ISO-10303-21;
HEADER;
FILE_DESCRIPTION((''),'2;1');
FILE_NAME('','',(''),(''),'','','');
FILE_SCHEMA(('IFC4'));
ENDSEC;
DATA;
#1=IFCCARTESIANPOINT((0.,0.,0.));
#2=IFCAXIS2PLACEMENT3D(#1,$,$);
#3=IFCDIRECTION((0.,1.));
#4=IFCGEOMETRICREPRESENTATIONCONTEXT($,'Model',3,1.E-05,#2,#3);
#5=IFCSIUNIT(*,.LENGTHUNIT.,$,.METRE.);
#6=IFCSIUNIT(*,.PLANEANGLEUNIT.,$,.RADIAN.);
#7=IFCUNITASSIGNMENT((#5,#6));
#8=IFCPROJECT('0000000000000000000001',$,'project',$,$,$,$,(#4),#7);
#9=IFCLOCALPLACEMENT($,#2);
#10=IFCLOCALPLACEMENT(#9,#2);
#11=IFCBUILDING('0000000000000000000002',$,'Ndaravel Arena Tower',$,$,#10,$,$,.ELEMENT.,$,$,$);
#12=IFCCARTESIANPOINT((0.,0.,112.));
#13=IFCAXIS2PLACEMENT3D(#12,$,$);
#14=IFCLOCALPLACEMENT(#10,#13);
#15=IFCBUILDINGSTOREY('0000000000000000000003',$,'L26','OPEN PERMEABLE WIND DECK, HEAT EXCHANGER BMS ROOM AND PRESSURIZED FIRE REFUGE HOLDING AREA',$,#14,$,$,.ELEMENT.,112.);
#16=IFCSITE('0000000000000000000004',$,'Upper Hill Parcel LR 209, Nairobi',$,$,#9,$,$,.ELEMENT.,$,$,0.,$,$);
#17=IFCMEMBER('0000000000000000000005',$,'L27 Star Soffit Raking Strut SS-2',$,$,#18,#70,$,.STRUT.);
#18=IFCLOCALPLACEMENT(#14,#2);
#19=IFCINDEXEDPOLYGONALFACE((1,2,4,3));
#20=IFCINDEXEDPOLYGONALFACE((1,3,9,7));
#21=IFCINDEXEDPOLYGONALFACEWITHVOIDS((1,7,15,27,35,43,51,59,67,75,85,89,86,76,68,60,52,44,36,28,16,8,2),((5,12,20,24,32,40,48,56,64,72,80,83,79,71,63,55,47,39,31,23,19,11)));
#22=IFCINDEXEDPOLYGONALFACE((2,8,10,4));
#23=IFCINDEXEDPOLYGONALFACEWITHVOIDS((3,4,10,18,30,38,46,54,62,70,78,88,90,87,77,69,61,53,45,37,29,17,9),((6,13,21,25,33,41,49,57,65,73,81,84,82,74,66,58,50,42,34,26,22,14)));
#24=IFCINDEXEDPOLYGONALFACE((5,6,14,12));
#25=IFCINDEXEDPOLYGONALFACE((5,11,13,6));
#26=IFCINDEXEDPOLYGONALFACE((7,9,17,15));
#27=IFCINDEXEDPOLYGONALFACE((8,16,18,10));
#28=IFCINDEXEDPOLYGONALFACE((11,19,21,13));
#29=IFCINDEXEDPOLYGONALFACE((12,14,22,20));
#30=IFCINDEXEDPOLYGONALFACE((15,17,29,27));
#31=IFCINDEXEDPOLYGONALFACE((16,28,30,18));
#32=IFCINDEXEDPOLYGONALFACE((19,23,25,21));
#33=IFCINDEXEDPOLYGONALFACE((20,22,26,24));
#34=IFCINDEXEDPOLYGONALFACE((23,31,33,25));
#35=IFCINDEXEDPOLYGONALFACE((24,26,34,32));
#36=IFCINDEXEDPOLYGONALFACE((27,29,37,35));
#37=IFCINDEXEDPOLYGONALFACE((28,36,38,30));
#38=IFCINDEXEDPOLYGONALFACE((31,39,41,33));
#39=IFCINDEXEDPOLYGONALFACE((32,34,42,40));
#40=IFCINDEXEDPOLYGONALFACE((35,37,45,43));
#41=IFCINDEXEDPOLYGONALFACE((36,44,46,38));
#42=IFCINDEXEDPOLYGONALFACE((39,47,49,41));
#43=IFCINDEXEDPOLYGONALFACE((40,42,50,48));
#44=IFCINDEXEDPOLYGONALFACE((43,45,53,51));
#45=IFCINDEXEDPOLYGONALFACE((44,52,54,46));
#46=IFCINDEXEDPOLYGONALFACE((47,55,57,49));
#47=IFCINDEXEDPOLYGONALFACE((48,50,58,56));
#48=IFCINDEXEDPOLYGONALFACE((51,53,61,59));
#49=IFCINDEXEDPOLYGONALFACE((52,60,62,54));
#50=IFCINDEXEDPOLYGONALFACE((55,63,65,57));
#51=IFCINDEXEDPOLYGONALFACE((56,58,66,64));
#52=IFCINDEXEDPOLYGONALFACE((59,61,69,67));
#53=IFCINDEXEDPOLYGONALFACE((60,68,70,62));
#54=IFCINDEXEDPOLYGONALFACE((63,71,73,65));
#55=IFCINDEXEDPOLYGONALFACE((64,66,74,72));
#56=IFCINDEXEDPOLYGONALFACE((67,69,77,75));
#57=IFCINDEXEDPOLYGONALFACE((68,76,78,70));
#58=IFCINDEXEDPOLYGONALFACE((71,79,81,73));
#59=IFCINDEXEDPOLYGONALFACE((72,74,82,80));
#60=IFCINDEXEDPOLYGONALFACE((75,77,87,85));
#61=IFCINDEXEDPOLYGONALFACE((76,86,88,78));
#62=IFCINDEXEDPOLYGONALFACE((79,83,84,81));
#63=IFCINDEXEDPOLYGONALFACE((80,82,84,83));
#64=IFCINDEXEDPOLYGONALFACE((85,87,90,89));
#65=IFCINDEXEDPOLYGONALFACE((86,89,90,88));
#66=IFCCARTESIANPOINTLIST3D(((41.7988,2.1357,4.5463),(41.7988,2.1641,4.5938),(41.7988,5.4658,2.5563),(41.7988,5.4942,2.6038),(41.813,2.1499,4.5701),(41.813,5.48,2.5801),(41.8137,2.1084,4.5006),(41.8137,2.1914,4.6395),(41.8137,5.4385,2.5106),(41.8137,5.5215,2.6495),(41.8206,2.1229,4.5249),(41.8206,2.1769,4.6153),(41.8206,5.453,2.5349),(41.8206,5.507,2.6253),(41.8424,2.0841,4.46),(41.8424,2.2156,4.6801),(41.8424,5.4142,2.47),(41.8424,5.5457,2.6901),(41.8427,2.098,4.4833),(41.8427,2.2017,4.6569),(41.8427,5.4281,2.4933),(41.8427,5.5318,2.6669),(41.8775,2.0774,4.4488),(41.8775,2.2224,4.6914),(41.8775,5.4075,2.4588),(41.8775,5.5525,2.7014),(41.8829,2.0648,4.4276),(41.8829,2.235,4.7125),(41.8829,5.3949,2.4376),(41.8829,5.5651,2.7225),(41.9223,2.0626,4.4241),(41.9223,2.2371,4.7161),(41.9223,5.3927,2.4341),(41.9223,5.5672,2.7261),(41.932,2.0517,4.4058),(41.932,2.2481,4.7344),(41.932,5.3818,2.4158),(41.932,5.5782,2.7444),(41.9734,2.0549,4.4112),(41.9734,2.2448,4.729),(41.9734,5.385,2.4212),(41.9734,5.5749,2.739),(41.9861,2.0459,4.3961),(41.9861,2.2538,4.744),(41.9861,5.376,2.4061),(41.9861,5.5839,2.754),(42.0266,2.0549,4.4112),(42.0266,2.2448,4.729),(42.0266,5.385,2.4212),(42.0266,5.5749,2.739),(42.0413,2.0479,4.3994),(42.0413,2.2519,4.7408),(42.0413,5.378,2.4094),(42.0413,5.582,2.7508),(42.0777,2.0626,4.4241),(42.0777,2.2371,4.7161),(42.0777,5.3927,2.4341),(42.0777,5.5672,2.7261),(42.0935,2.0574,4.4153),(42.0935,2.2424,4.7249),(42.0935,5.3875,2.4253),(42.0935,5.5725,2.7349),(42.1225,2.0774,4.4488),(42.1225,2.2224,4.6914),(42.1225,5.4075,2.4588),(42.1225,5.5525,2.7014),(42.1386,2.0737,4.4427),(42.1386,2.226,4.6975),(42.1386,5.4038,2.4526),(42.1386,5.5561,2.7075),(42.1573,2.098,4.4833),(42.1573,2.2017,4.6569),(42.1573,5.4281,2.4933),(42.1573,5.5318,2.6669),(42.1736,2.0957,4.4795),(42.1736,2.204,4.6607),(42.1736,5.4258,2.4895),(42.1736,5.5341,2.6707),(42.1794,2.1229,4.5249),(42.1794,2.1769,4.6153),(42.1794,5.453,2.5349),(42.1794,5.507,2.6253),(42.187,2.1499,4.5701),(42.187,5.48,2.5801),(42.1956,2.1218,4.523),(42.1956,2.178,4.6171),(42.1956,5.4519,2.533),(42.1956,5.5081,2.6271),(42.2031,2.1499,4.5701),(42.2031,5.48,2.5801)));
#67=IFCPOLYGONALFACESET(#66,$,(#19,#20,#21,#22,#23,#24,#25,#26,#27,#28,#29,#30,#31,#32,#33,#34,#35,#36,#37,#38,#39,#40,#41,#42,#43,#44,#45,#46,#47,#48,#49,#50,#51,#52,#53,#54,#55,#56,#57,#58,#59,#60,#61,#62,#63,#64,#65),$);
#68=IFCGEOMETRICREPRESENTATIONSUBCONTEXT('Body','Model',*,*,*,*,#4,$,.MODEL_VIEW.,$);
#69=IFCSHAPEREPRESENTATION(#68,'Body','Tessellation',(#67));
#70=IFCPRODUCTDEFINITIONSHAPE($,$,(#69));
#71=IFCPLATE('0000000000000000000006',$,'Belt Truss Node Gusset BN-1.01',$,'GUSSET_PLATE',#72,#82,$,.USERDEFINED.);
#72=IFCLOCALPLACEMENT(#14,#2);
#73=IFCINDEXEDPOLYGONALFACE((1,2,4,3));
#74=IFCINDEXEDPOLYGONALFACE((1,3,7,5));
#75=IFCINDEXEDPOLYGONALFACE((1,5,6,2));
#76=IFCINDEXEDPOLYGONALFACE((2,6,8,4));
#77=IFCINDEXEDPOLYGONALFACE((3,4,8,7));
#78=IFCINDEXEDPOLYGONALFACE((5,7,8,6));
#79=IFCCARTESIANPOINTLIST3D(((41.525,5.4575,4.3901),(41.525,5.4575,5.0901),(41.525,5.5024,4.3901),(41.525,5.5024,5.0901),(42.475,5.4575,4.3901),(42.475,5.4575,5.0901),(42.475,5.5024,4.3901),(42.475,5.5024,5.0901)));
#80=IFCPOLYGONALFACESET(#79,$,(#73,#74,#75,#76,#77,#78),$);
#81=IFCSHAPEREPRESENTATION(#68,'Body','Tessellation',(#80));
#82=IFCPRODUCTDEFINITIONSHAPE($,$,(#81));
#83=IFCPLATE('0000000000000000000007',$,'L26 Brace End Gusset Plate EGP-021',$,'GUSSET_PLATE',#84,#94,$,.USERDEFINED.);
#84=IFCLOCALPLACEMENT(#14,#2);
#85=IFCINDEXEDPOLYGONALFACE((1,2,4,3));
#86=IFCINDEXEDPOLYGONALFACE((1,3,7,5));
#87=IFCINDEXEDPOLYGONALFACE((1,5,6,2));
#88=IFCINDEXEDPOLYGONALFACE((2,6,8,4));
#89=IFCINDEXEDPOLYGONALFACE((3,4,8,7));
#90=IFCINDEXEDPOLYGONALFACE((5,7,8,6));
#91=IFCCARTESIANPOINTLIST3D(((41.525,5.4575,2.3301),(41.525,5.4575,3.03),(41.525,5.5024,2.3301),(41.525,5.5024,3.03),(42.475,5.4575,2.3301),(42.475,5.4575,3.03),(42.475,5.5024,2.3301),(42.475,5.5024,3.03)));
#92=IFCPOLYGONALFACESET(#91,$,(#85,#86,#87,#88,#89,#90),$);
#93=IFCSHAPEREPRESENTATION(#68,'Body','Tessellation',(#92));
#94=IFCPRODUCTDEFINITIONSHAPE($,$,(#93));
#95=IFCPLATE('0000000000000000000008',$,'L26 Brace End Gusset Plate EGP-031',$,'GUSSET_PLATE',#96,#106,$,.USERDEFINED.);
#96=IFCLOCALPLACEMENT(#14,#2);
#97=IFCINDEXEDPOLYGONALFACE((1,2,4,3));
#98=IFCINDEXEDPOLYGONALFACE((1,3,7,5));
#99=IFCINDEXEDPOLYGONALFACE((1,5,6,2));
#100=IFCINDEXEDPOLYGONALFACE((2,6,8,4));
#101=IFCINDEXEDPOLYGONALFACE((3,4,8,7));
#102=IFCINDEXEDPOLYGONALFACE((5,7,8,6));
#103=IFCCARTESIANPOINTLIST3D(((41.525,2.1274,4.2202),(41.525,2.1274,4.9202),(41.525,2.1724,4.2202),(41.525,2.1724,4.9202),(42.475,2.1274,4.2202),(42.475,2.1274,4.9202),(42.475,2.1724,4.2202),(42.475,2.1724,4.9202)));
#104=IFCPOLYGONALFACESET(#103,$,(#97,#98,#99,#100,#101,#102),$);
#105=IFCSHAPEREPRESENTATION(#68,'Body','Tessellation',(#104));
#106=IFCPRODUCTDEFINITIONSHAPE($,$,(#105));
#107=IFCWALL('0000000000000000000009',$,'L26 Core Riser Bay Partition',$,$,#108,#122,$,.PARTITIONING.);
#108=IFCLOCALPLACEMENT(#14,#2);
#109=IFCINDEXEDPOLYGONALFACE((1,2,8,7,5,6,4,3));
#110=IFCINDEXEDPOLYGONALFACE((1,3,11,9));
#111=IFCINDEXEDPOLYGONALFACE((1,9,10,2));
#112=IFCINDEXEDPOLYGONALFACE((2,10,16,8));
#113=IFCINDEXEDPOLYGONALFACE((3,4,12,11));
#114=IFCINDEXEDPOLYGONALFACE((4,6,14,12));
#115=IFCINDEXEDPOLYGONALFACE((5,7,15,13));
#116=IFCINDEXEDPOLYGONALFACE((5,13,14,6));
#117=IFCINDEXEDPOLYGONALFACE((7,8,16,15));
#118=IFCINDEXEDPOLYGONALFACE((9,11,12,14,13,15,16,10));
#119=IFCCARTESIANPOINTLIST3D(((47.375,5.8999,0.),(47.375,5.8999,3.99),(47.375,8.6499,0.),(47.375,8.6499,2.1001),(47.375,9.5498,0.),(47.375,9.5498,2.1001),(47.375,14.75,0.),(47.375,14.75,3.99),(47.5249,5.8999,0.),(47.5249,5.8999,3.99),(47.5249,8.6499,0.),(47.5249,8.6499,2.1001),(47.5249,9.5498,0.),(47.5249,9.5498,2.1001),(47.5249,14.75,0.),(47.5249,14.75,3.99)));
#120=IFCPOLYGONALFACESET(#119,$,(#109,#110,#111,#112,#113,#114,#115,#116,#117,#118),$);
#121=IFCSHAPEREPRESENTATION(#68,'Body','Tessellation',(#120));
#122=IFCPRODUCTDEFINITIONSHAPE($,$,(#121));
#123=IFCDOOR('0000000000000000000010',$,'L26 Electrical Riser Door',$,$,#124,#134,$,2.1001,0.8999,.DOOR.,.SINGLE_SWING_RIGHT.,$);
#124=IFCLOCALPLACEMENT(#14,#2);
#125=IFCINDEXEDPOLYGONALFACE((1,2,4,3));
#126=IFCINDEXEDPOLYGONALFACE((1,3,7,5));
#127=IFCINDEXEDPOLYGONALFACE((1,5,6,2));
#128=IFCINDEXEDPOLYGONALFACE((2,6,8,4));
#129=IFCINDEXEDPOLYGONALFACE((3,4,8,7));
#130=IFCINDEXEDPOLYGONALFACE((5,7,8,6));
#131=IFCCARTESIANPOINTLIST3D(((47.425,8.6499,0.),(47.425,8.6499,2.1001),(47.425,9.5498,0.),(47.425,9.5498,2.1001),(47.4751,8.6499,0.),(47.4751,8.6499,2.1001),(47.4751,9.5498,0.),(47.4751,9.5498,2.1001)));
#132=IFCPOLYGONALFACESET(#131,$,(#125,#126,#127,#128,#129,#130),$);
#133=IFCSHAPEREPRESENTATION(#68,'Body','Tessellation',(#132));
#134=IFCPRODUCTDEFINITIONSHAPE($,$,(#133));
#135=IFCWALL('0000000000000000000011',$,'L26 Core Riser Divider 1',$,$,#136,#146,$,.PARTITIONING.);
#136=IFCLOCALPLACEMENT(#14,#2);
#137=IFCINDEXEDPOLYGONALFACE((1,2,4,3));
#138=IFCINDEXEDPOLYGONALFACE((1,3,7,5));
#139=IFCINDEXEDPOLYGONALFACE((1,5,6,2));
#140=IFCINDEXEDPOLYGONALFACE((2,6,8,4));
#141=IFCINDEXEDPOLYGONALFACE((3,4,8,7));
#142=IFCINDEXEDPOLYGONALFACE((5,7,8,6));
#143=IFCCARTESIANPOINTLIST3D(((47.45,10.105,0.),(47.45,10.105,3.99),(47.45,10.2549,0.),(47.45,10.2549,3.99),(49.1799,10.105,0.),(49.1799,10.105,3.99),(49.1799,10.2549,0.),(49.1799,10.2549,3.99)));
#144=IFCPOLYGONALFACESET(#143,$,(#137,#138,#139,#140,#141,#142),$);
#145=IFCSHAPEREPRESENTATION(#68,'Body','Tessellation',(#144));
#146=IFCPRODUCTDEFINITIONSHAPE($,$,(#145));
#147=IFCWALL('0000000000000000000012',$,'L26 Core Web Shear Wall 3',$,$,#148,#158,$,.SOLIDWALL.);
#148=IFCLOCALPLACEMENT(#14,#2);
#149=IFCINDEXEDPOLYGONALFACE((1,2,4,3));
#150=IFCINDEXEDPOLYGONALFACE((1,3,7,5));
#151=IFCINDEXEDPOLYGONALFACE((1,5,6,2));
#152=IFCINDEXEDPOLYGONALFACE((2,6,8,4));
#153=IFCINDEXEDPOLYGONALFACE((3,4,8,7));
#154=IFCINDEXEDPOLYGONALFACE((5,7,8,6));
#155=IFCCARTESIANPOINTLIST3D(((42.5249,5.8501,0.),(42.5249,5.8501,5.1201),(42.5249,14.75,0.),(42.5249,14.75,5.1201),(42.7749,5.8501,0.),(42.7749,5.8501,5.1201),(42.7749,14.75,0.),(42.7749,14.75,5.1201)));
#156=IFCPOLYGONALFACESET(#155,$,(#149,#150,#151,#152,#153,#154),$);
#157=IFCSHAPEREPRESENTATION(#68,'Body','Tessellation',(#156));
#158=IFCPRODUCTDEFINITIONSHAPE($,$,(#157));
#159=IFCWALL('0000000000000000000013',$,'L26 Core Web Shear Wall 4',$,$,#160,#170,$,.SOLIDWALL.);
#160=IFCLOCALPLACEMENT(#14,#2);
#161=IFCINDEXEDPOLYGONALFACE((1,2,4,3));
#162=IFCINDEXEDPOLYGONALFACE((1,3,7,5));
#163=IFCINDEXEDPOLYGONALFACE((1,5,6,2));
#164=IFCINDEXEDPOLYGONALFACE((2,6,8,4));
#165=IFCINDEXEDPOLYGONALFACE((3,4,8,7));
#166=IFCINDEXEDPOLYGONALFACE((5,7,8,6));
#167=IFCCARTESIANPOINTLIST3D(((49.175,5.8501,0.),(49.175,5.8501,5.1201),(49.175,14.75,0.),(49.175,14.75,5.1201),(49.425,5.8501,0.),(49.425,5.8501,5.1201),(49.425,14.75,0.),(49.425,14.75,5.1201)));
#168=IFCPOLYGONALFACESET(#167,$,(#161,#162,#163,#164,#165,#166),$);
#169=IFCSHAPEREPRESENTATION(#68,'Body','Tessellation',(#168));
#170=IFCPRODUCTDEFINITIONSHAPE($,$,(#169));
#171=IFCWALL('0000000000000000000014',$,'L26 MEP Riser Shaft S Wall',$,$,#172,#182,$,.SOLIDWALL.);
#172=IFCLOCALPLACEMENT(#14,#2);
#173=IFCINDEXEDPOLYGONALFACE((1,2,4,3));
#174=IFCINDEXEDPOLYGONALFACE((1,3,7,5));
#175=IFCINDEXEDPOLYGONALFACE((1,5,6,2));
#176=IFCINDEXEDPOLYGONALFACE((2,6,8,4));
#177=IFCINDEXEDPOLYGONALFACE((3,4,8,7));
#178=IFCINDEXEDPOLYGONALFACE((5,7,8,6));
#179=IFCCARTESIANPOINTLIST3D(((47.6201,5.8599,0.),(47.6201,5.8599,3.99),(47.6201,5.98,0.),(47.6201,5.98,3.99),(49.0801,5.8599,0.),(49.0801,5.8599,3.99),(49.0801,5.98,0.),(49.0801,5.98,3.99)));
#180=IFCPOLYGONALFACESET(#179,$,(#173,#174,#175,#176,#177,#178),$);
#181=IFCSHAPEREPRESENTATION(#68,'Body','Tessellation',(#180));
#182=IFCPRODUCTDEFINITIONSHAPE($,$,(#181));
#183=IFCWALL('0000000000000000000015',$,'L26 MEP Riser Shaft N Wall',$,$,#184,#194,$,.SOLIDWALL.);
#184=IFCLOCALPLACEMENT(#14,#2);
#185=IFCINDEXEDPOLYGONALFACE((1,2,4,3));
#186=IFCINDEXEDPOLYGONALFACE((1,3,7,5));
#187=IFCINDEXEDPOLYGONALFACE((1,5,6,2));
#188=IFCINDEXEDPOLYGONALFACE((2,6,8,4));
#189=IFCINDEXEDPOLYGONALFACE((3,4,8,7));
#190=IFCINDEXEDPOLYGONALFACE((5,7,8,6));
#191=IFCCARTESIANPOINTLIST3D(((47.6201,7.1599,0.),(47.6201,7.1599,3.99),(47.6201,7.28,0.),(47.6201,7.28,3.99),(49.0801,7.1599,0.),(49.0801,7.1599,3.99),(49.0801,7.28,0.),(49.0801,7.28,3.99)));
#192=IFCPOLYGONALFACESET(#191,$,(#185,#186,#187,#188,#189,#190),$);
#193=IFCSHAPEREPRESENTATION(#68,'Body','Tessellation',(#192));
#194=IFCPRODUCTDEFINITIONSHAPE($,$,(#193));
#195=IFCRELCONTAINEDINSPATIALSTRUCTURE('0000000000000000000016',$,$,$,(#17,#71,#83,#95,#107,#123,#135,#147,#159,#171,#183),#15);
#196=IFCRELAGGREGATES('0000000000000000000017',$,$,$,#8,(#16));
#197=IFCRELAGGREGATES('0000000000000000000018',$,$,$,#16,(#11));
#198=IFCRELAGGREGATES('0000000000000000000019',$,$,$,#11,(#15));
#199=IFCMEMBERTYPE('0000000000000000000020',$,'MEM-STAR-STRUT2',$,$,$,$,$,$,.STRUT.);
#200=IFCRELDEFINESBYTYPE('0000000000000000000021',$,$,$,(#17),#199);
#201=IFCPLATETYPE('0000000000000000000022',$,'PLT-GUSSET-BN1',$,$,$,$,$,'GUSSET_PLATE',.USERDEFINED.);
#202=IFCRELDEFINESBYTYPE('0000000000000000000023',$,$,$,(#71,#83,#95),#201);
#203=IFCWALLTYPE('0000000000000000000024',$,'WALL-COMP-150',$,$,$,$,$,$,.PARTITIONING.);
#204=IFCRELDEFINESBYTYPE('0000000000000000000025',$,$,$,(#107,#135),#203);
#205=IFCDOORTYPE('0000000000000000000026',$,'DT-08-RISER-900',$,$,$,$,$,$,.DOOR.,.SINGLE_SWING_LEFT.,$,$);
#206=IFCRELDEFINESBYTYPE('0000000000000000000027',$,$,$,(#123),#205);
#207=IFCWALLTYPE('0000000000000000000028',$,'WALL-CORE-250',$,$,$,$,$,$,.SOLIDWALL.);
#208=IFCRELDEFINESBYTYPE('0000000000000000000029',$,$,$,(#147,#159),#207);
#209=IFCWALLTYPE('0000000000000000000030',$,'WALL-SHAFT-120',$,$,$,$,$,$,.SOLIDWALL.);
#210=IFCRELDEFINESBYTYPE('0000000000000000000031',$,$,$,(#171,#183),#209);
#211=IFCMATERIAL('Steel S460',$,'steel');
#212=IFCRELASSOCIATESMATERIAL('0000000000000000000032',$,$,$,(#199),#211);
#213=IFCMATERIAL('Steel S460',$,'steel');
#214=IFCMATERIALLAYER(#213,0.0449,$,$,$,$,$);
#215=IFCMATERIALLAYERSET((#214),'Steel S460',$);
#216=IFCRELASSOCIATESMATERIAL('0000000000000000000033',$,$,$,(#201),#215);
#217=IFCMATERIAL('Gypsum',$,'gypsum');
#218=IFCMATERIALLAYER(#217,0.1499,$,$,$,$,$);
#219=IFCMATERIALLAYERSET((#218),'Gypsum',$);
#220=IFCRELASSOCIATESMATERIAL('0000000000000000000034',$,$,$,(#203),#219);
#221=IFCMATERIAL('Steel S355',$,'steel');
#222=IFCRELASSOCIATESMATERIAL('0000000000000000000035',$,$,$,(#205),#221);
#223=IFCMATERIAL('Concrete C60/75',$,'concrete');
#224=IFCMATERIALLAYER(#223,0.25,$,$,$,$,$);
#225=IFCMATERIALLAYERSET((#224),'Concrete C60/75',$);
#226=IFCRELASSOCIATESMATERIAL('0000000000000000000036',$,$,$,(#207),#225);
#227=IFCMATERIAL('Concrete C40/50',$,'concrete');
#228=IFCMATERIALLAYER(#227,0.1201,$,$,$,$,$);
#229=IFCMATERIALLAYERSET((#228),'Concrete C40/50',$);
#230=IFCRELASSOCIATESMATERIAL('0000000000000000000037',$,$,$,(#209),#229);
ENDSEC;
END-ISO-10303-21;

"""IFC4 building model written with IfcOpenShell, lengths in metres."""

from ifc_helpers import new_model, si_unit, direction, frame, frame_2d, origin, origin_2d, place, context, subcontext, project, spatial, rectangle, hollow_circle, extrude, material, layer, layer_set, material_profile, profile_set, type_object, element, fill, save


model = new_model("IFC4")

# Units and contexts
model_context = context("Model", 3, precision=1e-05, world=origin(), true_north=direction((0.0, 1.0)))
body_context = subcontext(model_context, "Body", "Model", "MODEL_VIEW")
ifc_project = project(units=[si_unit("LENGTHUNIT", "METRE"), si_unit("PLANEANGLEUNIT", "RADIAN")], contexts=[model_context])

# Site, building, storey
site_placement = place(None, origin())
site = spatial("IfcSite", under=ifc_project, at=site_placement, Name="Upper Hill Parcel LR 209, Nairobi", CompositionType="ELEMENT", RefElevation=0.0)
building_placement = place(site_placement, origin())
building = spatial("IfcBuilding", under=site, at=building_placement, Name="Ndaravel Arena Tower", CompositionType="ELEMENT")
storey_placement = place(building_placement, frame((0.0, 0.0, 112.0)))
storey = spatial("IfcBuildingStorey", under=building, at=storey_placement, Name="L26", Description="OPEN PERMEABLE WIND DECK, HEAT EXCHANGER BMS ROOM AND PRESSURIZED FIRE REFUGE HOLDING AREA", CompositionType="ELEMENT", Elevation=112.0)

# Member
ifc_material_1 = material(Name="Steel S460", Category="steel")
ifc_material_profile_1 = material_profile(ifc_material_1, hollow_circle(Radius=0.2031, WallThickness=0.0161, at=origin_2d()), Name="CHS 406.4x16")
ifc_profile_set_1 = profile_set([ifc_material_profile_1], Name="Steel S460")
member_type_1 = type_object("IfcMemberType", Name="MEM-STAR-STRUT2", PredefinedType="STRUT", material=ifc_profile_set_1)
member_1_placement = place(storey_placement, frame((42.0, 5.48, 2.5801), z_axis=(0.0, -0.858408, 0.512968), x_axis=(1.0, 0.0, 0.0)))
element("IfcMember", 1, at=member_1_placement, inside=storey, type_object=member_type_1, Name="L27 Star Soffit Raking Strut SS-2", PredefinedType="STRUT", context=body_context, shape_type="SweptSolid", body=[
    extrude(hollow_circle(Radius=0.2031, WallThickness=0.0161, at=origin_2d()), origin(), (0.0, 0.0, 1.0), 3.8794),
])

# Plates
ifc_material_2 = material(Name="Steel S460", Category="steel")
ifc_layer_1 = layer(ifc_material_2, 0.0449)
ifc_layer_set_1 = layer_set([ifc_layer_1], Name="Steel S460")
plate_type = type_object("IfcPlateType", Name="PLT-GUSSET-BN1", ElementType="GUSSET_PLATE", PredefinedType="USERDEFINED", material=ifc_layer_set_1)
for number, where, z_axis, x_axis, name in (
    (2, (42.0, 5.48, 4.3901), (0.0, 0.0, 1.0), (1.0, 0.0, 0.0), "Belt Truss Node Gusset BN-1.01"),
    (3, (42.0, 5.48, 2.3301), (0.0, 0.0, 1.0), (1.0, 0.0, 0.0), "L26 Brace End Gusset Plate EGP-021"),
    (4, (42.0, 2.1499, 4.2202), (0.0, 0.0, 1.0), (1.0, 0.0, 0.0), "L26 Brace End Gusset Plate EGP-031"),
):
    element("IfcPlate", number, at=place(storey_placement, frame(where, z_axis=z_axis, x_axis=x_axis)), inside=storey, type_object=plate_type, Name=name, ObjectType="GUSSET_PLATE", PredefinedType="USERDEFINED", context=body_context, shape_type="SweptSolid", body=[
        extrude(rectangle(XDim=0.95, YDim=0.0449, at=origin_2d()), origin(), (0.0, 0.0, 1.0), 0.7),
    ])

# Wall, opening, door
ifc_material_3 = material(Name="Gypsum", Category="gypsum")
ifc_layer_2 = layer(ifc_material_3, 0.1499)
ifc_layer_set_2 = layer_set([ifc_layer_2], Name="Gypsum")
wall_type_1 = type_object("IfcWallType", Name="WALL-COMP-150", PredefinedType="PARTITIONING", material=ifc_layer_set_2)
wall_1_placement = place(storey_placement, frame((47.45, 5.8999, 0.0), z_axis=(0.0, 0.0, 1.0), x_axis=(0.0, 1.0, 0.0)))
wall_1 = element("IfcWall", 5, at=wall_1_placement, inside=storey, type_object=wall_type_1, Name="L26 Core Riser Bay Partition", PredefinedType="PARTITIONING", context=body_context, shape_type="SweptSolid", body=[
    extrude(rectangle(XDim=8.8501, YDim=0.1499, at=frame_2d((4.425, 0.0))), origin(), (0.0, 0.0, 1.0), 3.99),
])
opening_placement = place(wall_1_placement, frame((2.75, 0.0, 0.0)))
opening = element("IfcOpeningElement", 6, at=opening_placement, cuts=wall_1, PredefinedType="OPENING", context=body_context, shape_type="SweptSolid", body=[
    extrude(rectangle(XDim=0.8999, YDim=2.1001, at=frame_2d((0.45, 1.05))), frame((0.0, 0.075, 0.0), z_axis=(0.0, -1.0, 0.0), x_axis=(1.0, 0.0, 0.0)), (0.0, 0.0, 1.0), 0.1499),
])
ifc_material_4 = material(Name="Steel S355", Category="steel")
door_type = type_object("IfcDoorType", Name="DT-08-RISER-900", OperationType="SINGLE_SWING_LEFT", PredefinedType="DOOR", material=ifc_material_4)
door_placement = place(opening_placement, origin())
door = element("IfcDoor", 7, at=door_placement, inside=storey, type_object=door_type, Name="L26 Electrical Riser Door", OperationType="SINGLE_SWING_RIGHT", OverallHeight=2.1001, OverallWidth=0.8999, PredefinedType="DOOR", context=body_context, shape_type="SweptSolid", body=[
    extrude(rectangle(XDim=0.8999, YDim=2.1001, at=frame_2d((0.45, 1.05))), frame((0.0, 0.0249, 0.0), z_axis=(0.0, -1.0, 0.0), x_axis=(1.0, 0.0, 0.0)), (0.0, 0.0, 1.0), 0.05),
])
fill(opening, door)

# Walls
wall_2_placement = place(storey_placement, frame((47.45, 10.1799, 0.0), z_axis=(0.0, 0.0, 1.0), x_axis=(1.0, 0.0, 0.0)))
element("IfcWall", 8, at=wall_2_placement, inside=storey, type_object=wall_type_1, Name="L26 Core Riser Divider 1", PredefinedType="PARTITIONING", context=body_context, shape_type="SweptSolid", body=[
    extrude(rectangle(XDim=1.73, YDim=0.1499, at=frame_2d((0.865, 0.0))), origin(), (0.0, 0.0, 1.0), 3.99),
])
ifc_material_5 = material(Name="Concrete C60/75", Category="concrete")
ifc_layer_3 = layer(ifc_material_5, 0.25)
ifc_layer_set_3 = layer_set([ifc_layer_3], Name="Concrete C60/75")
wall_type_2 = type_object("IfcWallType", Name="WALL-CORE-250", PredefinedType="SOLIDWALL", material=ifc_layer_set_3)
for number, where, z_axis, x_axis, name in (
    (9, (42.6499, 5.8501, 0.0), (0.0, 0.0, 1.0), (0.0, 1.0, 0.0), "L26 Core Web Shear Wall 3"),
    (10, (49.3, 5.8501, 0.0), (0.0, 0.0, 1.0), (0.0, 1.0, 0.0), "L26 Core Web Shear Wall 4"),
):
    element("IfcWall", number, at=place(storey_placement, frame(where, z_axis=z_axis, x_axis=x_axis)), inside=storey, type_object=wall_type_2, Name=name, PredefinedType="SOLIDWALL", context=body_context, shape_type="SweptSolid", body=[
        extrude(rectangle(XDim=8.8999, YDim=0.25, at=frame_2d((4.45, 0.0))), origin(), (0.0, 0.0, 1.0), 5.1201),
    ])
ifc_material_6 = material(Name="Concrete C40/50", Category="concrete")
ifc_layer_4 = layer(ifc_material_6, 0.1201)
ifc_layer_set_4 = layer_set([ifc_layer_4], Name="Concrete C40/50")
wall_type_3 = type_object("IfcWallType", Name="WALL-SHAFT-120", PredefinedType="SOLIDWALL", material=ifc_layer_set_4)
for number, where, z_axis, x_axis, name in (
    (11, (47.6201, 5.9199, 0.0), (0.0, 0.0, 1.0), (1.0, 0.0, 0.0), "L26 MEP Riser Shaft S Wall"),
    (12, (47.6201, 7.22, 0.0), (0.0, 0.0, 1.0), (1.0, 0.0, 0.0), "L26 MEP Riser Shaft N Wall"),
):
    element("IfcWall", number, at=place(storey_placement, frame(where, z_axis=z_axis, x_axis=x_axis)), inside=storey, type_object=wall_type_3, Name=name, PredefinedType="SOLIDWALL", context=body_context, shape_type="SweptSolid", body=[
        extrude(rectangle(XDim=1.46, YDim=0.1201, at=frame_2d((0.73, 0.0))), origin(), (0.0, 0.0, 1.0), 3.99),
    ])

save(model, "model.ifc")
